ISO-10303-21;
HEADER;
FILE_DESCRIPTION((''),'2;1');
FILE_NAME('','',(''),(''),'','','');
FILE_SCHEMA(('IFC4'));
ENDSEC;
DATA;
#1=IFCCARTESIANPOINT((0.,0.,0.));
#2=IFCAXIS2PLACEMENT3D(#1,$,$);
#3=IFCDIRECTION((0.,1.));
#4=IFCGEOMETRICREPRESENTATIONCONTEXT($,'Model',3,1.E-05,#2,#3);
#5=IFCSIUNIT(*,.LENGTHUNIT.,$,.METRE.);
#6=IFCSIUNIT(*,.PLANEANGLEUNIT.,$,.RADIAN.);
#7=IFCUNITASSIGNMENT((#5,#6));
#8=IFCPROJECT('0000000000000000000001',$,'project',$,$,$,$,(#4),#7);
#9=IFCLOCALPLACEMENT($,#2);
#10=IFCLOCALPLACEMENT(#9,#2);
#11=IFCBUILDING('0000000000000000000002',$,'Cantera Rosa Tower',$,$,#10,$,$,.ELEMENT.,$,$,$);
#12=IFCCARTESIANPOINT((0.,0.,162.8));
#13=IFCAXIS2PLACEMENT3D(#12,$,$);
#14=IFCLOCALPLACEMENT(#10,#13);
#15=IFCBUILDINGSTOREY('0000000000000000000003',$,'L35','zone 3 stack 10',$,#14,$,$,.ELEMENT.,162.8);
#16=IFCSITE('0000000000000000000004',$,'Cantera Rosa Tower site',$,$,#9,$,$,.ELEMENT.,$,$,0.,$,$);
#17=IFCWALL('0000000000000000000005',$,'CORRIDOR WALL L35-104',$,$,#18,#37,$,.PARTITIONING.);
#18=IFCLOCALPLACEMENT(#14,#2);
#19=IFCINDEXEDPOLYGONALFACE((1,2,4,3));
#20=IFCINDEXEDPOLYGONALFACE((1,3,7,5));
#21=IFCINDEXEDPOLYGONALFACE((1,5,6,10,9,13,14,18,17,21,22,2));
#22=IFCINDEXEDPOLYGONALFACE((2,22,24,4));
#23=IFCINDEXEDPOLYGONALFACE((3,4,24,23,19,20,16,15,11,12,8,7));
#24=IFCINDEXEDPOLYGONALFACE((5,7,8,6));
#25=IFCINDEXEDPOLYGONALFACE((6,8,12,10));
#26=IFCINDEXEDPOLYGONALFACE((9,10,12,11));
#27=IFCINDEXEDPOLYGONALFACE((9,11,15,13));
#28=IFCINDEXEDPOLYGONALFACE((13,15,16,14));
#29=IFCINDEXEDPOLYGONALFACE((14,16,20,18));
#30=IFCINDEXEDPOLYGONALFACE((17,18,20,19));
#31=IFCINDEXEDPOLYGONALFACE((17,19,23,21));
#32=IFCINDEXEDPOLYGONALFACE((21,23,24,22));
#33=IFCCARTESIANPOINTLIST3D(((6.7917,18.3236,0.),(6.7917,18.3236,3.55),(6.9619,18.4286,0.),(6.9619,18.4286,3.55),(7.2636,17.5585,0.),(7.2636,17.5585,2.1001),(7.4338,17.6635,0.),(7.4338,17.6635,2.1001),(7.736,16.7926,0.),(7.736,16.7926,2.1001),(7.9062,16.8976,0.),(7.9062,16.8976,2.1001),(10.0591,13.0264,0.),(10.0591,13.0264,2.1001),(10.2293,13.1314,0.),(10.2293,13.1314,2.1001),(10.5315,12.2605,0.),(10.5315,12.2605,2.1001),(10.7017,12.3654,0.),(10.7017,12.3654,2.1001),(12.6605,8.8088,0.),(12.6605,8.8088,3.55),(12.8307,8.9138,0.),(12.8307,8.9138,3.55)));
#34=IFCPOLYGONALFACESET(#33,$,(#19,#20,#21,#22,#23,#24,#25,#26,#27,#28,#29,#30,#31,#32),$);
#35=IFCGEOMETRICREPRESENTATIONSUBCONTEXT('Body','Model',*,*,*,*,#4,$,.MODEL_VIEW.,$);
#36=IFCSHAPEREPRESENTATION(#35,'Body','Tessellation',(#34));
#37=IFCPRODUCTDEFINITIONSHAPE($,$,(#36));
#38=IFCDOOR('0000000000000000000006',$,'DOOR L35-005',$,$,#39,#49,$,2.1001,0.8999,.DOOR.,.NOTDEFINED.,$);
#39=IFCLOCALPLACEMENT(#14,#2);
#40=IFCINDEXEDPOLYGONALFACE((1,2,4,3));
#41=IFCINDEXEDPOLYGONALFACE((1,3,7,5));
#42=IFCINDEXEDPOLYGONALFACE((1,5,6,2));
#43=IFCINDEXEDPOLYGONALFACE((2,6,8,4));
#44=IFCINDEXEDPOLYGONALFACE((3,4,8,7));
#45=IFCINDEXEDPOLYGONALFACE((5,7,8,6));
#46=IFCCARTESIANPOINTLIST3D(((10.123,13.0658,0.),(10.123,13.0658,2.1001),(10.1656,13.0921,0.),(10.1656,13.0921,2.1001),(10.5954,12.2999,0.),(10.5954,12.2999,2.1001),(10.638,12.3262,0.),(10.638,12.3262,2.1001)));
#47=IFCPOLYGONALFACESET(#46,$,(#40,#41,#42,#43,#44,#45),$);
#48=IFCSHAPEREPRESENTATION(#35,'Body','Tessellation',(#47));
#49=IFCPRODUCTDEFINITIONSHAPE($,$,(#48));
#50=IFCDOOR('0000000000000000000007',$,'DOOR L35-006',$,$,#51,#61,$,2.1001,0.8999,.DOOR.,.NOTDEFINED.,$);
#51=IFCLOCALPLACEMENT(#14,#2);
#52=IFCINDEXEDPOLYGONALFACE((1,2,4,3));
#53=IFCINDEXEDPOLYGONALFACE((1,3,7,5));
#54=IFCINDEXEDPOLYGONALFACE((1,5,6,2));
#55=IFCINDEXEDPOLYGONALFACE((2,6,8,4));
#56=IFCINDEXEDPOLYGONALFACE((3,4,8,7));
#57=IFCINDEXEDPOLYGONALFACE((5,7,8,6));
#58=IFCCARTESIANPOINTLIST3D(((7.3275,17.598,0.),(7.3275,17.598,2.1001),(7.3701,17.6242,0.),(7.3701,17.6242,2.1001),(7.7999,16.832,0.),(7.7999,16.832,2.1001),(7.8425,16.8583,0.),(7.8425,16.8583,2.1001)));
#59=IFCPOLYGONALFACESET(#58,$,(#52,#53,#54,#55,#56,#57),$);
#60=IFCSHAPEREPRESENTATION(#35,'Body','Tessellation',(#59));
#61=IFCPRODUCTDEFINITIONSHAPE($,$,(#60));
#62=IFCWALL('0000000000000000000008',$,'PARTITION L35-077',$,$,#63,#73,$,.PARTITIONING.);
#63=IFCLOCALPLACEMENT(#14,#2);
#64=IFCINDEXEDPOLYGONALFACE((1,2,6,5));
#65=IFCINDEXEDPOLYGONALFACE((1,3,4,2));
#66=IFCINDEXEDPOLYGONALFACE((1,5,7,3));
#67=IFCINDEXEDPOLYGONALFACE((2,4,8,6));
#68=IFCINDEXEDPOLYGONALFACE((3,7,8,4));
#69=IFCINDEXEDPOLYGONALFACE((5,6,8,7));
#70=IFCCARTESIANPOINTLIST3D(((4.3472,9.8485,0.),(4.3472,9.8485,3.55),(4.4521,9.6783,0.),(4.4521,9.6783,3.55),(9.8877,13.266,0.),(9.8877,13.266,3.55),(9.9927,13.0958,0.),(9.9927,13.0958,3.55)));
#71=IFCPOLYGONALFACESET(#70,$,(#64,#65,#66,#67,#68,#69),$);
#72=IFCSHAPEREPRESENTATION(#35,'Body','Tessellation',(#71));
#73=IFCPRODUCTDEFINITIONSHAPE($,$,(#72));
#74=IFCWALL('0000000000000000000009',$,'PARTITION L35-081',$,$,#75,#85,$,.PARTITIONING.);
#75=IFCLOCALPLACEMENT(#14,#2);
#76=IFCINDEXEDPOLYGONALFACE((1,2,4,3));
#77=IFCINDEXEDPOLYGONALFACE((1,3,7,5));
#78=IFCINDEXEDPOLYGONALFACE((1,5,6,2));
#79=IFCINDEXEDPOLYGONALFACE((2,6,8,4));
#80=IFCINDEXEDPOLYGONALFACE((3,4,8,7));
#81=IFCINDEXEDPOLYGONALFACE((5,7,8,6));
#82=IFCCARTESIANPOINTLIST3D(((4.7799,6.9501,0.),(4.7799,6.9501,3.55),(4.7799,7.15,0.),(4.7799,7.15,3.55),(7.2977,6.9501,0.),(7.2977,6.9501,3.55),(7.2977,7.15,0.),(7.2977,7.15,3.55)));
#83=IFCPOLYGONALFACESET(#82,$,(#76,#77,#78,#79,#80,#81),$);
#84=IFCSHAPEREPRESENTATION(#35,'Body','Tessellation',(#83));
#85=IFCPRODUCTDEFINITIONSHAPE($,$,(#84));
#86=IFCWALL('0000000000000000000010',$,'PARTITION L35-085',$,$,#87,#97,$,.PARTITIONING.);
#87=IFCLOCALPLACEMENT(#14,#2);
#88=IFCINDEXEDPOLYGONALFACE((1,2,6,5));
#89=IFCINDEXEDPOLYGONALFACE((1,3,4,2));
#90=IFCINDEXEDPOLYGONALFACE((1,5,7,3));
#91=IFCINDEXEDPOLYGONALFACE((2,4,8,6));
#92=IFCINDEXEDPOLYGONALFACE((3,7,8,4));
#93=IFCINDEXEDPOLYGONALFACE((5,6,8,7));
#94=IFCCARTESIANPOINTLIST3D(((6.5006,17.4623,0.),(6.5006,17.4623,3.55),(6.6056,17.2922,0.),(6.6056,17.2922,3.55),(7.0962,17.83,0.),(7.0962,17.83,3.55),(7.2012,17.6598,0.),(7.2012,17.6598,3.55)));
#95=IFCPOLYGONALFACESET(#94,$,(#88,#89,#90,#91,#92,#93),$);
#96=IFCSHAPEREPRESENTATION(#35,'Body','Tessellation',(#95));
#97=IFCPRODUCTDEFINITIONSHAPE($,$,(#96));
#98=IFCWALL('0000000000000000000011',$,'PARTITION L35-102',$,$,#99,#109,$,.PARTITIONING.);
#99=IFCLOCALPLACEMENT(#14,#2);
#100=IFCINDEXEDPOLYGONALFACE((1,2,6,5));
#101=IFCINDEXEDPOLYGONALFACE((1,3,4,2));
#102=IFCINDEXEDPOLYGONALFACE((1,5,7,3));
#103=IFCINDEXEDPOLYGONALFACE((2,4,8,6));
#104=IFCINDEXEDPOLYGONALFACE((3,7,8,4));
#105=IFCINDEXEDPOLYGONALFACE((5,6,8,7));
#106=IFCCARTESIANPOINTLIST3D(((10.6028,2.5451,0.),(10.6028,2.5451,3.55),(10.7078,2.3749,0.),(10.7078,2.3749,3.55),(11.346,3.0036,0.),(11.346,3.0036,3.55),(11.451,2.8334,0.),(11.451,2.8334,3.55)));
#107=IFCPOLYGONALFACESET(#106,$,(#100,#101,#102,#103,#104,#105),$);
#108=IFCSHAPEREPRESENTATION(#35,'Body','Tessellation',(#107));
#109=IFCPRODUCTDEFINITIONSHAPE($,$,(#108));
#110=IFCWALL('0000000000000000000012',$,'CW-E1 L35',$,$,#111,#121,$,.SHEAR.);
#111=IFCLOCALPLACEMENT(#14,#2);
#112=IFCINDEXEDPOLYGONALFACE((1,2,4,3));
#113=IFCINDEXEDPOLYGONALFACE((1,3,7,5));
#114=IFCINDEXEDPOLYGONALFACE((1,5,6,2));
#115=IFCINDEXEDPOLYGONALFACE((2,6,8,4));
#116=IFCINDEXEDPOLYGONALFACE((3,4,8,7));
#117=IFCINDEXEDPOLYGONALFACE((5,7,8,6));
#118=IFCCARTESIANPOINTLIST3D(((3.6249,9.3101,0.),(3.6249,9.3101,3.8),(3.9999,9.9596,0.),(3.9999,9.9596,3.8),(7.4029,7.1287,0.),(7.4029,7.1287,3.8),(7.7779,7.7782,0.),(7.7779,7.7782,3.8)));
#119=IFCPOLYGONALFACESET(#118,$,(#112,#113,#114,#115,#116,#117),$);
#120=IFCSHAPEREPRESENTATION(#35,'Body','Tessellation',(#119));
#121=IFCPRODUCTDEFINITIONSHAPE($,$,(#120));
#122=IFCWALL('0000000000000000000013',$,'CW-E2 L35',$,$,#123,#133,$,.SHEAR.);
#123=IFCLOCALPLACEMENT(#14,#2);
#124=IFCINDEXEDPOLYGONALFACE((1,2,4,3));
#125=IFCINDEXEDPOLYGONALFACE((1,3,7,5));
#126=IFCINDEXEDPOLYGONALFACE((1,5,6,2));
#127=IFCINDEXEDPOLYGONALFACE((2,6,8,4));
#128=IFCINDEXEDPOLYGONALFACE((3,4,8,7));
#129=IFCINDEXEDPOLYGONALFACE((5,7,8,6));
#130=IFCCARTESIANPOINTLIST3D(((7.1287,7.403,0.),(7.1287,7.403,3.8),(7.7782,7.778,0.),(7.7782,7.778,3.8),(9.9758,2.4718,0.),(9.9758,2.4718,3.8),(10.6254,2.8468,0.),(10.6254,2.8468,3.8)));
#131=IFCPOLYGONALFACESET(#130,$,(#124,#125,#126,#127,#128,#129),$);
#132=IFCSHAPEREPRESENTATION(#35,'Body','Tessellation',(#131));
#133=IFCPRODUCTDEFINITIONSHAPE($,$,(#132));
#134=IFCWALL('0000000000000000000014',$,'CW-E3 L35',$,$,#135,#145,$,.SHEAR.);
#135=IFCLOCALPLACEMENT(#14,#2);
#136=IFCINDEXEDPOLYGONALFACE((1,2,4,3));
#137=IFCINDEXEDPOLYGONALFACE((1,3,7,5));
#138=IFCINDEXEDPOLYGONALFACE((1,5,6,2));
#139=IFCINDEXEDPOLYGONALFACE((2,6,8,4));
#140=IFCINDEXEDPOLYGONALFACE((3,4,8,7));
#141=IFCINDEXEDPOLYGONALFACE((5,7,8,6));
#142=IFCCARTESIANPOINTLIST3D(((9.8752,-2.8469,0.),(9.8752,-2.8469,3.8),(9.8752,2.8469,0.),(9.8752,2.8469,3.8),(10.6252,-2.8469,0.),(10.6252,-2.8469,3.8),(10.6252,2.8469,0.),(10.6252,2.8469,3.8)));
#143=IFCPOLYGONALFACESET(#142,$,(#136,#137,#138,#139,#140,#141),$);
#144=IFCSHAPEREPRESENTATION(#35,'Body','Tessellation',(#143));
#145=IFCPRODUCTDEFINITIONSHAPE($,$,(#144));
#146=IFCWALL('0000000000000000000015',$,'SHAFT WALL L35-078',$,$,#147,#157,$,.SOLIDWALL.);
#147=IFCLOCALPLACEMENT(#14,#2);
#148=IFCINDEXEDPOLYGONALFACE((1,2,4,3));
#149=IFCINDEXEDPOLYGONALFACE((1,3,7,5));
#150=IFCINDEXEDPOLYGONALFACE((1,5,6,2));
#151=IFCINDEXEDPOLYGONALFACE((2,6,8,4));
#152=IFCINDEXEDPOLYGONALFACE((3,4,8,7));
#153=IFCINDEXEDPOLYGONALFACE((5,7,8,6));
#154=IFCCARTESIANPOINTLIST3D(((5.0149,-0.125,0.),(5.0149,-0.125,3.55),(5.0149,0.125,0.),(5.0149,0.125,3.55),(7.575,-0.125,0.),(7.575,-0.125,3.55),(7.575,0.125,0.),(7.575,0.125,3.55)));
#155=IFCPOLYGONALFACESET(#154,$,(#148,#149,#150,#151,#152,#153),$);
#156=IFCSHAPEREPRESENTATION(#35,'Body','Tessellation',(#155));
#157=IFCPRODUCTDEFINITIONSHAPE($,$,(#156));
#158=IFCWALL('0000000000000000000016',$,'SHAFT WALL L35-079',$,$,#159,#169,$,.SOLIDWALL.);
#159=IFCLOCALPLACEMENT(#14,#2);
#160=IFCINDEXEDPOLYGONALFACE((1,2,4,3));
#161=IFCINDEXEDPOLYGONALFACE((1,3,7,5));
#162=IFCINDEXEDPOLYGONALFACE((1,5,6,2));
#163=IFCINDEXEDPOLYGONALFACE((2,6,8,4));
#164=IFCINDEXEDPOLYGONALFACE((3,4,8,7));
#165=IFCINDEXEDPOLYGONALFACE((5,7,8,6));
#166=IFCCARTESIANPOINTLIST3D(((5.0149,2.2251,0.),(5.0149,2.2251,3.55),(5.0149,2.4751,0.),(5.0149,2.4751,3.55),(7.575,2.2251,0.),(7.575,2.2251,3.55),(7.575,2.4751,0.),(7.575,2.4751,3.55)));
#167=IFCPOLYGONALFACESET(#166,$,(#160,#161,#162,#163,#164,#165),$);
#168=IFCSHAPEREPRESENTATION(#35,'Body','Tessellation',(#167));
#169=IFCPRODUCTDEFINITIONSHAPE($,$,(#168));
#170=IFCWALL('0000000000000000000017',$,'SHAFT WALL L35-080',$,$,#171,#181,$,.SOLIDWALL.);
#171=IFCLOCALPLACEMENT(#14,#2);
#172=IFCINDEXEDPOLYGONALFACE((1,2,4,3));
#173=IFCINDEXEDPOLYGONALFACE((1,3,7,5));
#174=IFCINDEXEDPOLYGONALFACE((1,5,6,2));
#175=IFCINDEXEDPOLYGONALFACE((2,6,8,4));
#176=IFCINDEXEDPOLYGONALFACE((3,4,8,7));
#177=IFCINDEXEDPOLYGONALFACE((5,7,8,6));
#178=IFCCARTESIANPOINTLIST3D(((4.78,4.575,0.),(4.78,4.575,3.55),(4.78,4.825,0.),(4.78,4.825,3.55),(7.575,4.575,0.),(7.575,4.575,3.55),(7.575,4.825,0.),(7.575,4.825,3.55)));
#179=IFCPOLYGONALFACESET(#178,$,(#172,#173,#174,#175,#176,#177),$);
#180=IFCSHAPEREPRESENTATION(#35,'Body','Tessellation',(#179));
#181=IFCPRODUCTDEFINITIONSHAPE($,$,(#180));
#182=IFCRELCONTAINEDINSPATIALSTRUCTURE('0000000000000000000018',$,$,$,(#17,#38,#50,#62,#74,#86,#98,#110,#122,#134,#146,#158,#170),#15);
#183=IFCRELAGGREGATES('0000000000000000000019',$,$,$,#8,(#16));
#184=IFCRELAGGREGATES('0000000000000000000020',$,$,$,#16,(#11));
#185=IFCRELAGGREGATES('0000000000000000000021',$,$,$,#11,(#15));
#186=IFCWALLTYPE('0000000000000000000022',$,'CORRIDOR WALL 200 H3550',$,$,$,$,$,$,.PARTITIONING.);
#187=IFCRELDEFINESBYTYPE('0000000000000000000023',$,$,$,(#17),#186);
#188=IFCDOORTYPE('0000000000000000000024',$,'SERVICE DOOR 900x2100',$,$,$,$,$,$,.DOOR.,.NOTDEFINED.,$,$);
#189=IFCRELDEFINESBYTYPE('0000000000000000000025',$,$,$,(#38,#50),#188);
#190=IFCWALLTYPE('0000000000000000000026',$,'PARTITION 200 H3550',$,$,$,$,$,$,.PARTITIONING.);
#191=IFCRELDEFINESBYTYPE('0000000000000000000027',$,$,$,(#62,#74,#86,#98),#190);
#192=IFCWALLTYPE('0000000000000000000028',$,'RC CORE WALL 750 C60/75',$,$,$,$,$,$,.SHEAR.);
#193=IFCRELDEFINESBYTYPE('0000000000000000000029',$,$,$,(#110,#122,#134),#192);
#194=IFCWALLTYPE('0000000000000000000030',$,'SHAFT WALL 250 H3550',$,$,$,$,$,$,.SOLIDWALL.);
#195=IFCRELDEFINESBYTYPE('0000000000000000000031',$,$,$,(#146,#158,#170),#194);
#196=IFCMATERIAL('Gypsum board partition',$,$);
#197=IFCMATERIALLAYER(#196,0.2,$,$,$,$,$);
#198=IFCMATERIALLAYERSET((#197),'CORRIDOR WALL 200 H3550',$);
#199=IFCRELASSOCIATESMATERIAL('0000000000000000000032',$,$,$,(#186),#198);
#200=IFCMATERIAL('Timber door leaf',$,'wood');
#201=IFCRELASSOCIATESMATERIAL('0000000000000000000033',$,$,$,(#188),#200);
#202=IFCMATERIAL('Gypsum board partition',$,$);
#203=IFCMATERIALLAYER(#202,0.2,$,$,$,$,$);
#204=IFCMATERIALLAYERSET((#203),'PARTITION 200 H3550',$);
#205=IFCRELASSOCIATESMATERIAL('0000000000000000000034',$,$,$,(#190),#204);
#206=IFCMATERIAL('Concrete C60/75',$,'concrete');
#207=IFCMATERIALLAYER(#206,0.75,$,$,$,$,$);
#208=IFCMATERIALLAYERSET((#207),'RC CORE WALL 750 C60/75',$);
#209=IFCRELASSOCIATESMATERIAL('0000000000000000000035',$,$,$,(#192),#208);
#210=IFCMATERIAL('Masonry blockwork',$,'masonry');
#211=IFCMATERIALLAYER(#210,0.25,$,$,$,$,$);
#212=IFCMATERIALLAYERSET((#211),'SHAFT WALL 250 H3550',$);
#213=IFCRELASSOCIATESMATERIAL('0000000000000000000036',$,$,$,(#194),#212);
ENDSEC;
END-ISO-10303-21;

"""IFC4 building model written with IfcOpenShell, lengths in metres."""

from ifc_helpers import new_model, si_unit, direction, frame, frame_2d, origin, place, context, subcontext, project, spatial, rectangle, extrude, material, layer, layer_set, type_object, element, fill, save


model = new_model("IFC4")

# Units and contexts
model_context = context("Model", 3, precision=1e-05, world=origin(), true_north=direction((0.0, 1.0)))
body_context = subcontext(model_context, "Body", "Model", "MODEL_VIEW")
ifc_project = project(units=[si_unit("LENGTHUNIT", "METRE"), si_unit("PLANEANGLEUNIT", "RADIAN")], contexts=[model_context])

# Site, building, storey
site_placement = place(None, origin())
site = spatial("IfcSite", under=ifc_project, at=site_placement, Name="Cantera Rosa Tower site", CompositionType="ELEMENT", RefElevation=0.0)
building_placement = place(site_placement, origin())
building = spatial("IfcBuilding", under=site, at=building_placement, Name="Cantera Rosa Tower", CompositionType="ELEMENT")
storey_placement = place(building_placement, frame((0.0, 0.0, 162.8)))
storey = spatial("IfcBuildingStorey", under=building, at=storey_placement, Name="L35", Description="zone 3 stack 10", CompositionType="ELEMENT", Elevation=162.8)

# Shared definitions
ifc_material_1 = material(Name="Gypsum board partition")
ifc_layer_1 = layer(ifc_material_1, 0.2)
ifc_layer_set_1 = layer_set([ifc_layer_1], Name="CORRIDOR WALL 200 H3550")
wall_type_1 = type_object("IfcWallType", Name="CORRIDOR WALL 200 H3550", PredefinedType="PARTITIONING", material=ifc_layer_set_1)

# Wall, openings, doors
wall_1_placement = place(storey_placement, frame((12.7456, 8.8613, 0.0), z_axis=(0.0, 0.0, 1.0), x_axis=(-0.524978, 0.851116, 0.0)))
wall_1 = element("IfcWall", 1, at=wall_1_placement, inside=storey, type_object=wall_type_1, Name="CORRIDOR WALL L35-104", PredefinedType="PARTITIONING", context=body_context, shape_type="SweptSolid", body=[
    extrude(rectangle(XDim=11.1792, YDim=0.2, at=frame_2d((5.5896, 0.0))), origin(), (0.0, 0.0, 1.0), 3.55),
])
opening_1_placement = place(wall_1_placement, frame((4.0554, 0.0, 0.0)))
opening_1 = element("IfcOpeningElement", 2, at=opening_1_placement, cuts=wall_1, PredefinedType="OPENING", context=body_context, shape_type="SweptSolid", body=[
    extrude(rectangle(XDim=0.8999, YDim=2.1001, at=frame_2d((0.45, 1.05))), frame((0.0, 0.1099, 0.0), z_axis=(0.0, -1.0, 0.0), x_axis=(1.0, 0.0, 0.0)), (0.0, 0.0, 1.0), 0.22),
])
opening_2_placement = place(wall_1_placement, frame((9.3804, 0.0, 0.0)))
opening_2 = element("IfcOpeningElement", 3, at=opening_2_placement, cuts=wall_1, PredefinedType="OPENING", context=body_context, shape_type="SweptSolid", body=[
    extrude(rectangle(XDim=0.8999, YDim=2.1001, at=frame_2d((0.45, 1.05))), frame((0.0, 0.1099, 0.0), z_axis=(0.0, -1.0, 0.0), x_axis=(1.0, 0.0, 0.0)), (0.0, 0.0, 1.0), 0.22),
])
ifc_material_2 = material(Name="Timber door leaf", Category="wood")
door_type_1 = type_object("IfcDoorType", Name="SERVICE DOOR 900x2100", OperationType="NOTDEFINED", PredefinedType="DOOR", material=ifc_material_2)
door_1_placement = place(opening_1_placement, origin())
door_1 = element("IfcDoor", 4, at=door_1_placement, inside=storey, type_object=door_type_1, Name="DOOR L35-005", OperationType="NOTDEFINED", OverallHeight=2.1001, OverallWidth=0.8999, PredefinedType="DOOR", context=body_context, shape_type="SweptSolid", body=[
    extrude(rectangle(XDim=0.8999, YDim=2.1001, at=frame_2d((0.45, 1.05))), frame((0.0, 0.0249, 0.0), z_axis=(0.0, -1.0, 0.0), x_axis=(1.0, 0.0, 0.0)), (0.0, 0.0, 1.0), 0.05),
])
fill(opening_1, door_1)
door_2_placement = place(opening_2_placement, origin())
door_2 = element("IfcDoor", 5, at=door_2_placement, inside=storey, type_object=door_type_1, Name="DOOR L35-006", OperationType="NOTDEFINED", OverallHeight=2.1001, OverallWidth=0.8999, PredefinedType="DOOR", context=body_context, shape_type="SweptSolid", body=[
    extrude(rectangle(XDim=0.8999, YDim=2.1001, at=frame_2d((0.45, 1.05))), frame((0.0, 0.0249, 0.0), z_axis=(0.0, -1.0, 0.0), x_axis=(1.0, 0.0, 0.0)), (0.0, 0.0, 1.0), 0.05),
])
fill(opening_2, door_2)

# Walls
ifc_material_3 = material(Name="Gypsum board partition")
ifc_layer_2 = layer(ifc_material_3, 0.2)
ifc_layer_set_2 = layer_set([ifc_layer_2], Name="PARTITION 200 H3550")
wall_type_2 = type_object("IfcWallType", Name="PARTITION 200 H3550", PredefinedType="PARTITIONING", material=ifc_layer_set_2)
wall_2_placement = place(storey_placement, frame((4.3997, 9.7634, 0.0), z_axis=(0.0, 0.0, 1.0), x_axis=(0.851114, 0.52498, 0.0)))
element("IfcWall", 6, at=wall_2_placement, inside=storey, type_object=wall_type_2, Name="PARTITION L35-077", PredefinedType="PARTITIONING", context=body_context, shape_type="SweptSolid", body=[
    extrude(rectangle(XDim=6.5098, YDim=0.2, at=frame_2d((3.2549, 0.0))), origin(), (0.0, 0.0, 1.0), 3.55),
])
wall_3_placement = place(storey_placement, frame((4.78, 7.05, 0.0), z_axis=(0.0, 0.0, 1.0), x_axis=(1.0, 0.0, 0.0)))
element("IfcWall", 7, at=wall_3_placement, inside=storey, type_object=wall_type_2, Name="PARTITION L35-081", PredefinedType="PARTITIONING", context=body_context, shape_type="SweptSolid", body=[
    extrude(rectangle(XDim=2.5178, YDim=0.2, at=frame_2d((1.2588, 0.0))), origin(), (0.0, 0.0, 1.0), 3.55),
])
wall_4_placement = place(storey_placement, frame((6.553, 17.3772, 0.0), z_axis=(0.0, 0.0, 1.0), x_axis=(0.850963, 0.525226, 0.0)))
element("IfcWall", 8, at=wall_4_placement, inside=storey, type_object=wall_type_2, Name="PARTITION L35-085", PredefinedType="PARTITIONING", context=body_context, shape_type="SweptSolid", body=[
    extrude(rectangle(XDim=0.7, YDim=0.2, at=frame_2d((0.3501, 0.0))), origin(), (0.0, 0.0, 1.0), 3.55),
])
wall_5_placement = place(storey_placement, frame((11.3984, 2.9185, 0.0), z_axis=(0.0, 0.0, 1.0), x_axis=(-0.851063, -0.525064, 0.0)))
element("IfcWall", 9, at=wall_5_placement, inside=storey, type_object=wall_type_2, Name="PARTITION L35-102", PredefinedType="PARTITIONING", context=body_context, shape_type="SweptSolid", body=[
    extrude(rectangle(XDim=0.8733, YDim=0.2, at=frame_2d((0.4365, 0.0))), origin(), (0.0, 0.0, 1.0), 3.55),
])
ifc_material_4 = material(Name="Concrete C60/75", Category="concrete")
ifc_layer_3 = layer(ifc_material_4, 0.75)
ifc_layer_set_3 = layer_set([ifc_layer_3], Name="RC CORE WALL 750 C60/75")
wall_type_3 = type_object("IfcWallType", Name="RC CORE WALL 750 C60/75", PredefinedType="SHEAR", material=ifc_layer_set_3)
wall_6_placement = place(storey_placement, frame((3.8125, 9.6348, 0.0), z_axis=(0.0, 0.0, 1.0), x_axis=(0.866013, -0.500021, 0.0)))
element("IfcWall", 10, at=wall_6_placement, inside=storey, type_object=wall_type_3, Name="CW-E1 L35", PredefinedType="SHEAR", context=body_context, shape_type="SweptSolid", body=[
    extrude(rectangle(XDim=4.3625, YDim=0.75, at=frame_2d((2.1812, 0.0))), origin(), (0.0, 0.0, 1.0), 3.8),
])
wall_7_placement = place(storey_placement, frame((7.4534, 7.5906, 0.0), z_axis=(0.0, 0.0, 1.0), x_axis=(0.500022, -0.866013, 0.0)))
element("IfcWall", 11, at=wall_7_placement, inside=storey, type_object=wall_type_3, Name="CW-E2 L35", PredefinedType="SHEAR", context=body_context, shape_type="SweptSolid", body=[
    extrude(rectangle(XDim=5.6941, YDim=0.75, at=frame_2d((2.8472, 0.0))), origin(), (0.0, 0.0, 1.0), 3.8),
])
wall_8_placement = place(storey_placement, frame((10.2502, 2.8469, 0.0), z_axis=(0.0, 0.0, 1.0), x_axis=(0.0, -1.0, 0.0)))
element("IfcWall", 12, at=wall_8_placement, inside=storey, type_object=wall_type_3, Name="CW-E3 L35", PredefinedType="SHEAR", context=body_context, shape_type="SweptSolid", body=[
    extrude(rectangle(XDim=5.6938, YDim=0.75, at=frame_2d((2.8469, 0.0))), origin(), (0.0, 0.0, 1.0), 3.8),
])
ifc_material_5 = material(Name="Masonry blockwork", Category="masonry")
ifc_layer_4 = layer(ifc_material_5, 0.25)
ifc_layer_set_4 = layer_set([ifc_layer_4], Name="SHAFT WALL 250 H3550")
wall_type_4 = type_object("IfcWallType", Name="SHAFT WALL 250 H3550", PredefinedType="SOLIDWALL", material=ifc_layer_set_4)
for number, where, z_axis, x_axis, name in (
    (13, (5.0149, 0.0, 0.0), (0.0, 0.0, 1.0), (1.0, 0.0, 0.0), "SHAFT WALL L35-078"),
    (14, (5.0149, 2.3501, 0.0), (0.0, 0.0, 1.0), (1.0, 0.0, 0.0), "SHAFT WALL L35-079"),
):
    element("IfcWall", number, at=place(storey_placement, frame(where, z_axis=z_axis, x_axis=x_axis)), inside=storey, type_object=wall_type_4, Name=name, PredefinedType="SOLIDWALL", context=body_context, shape_type="SweptSolid", body=[
        extrude(rectangle(XDim=2.5601, YDim=0.25, at=frame_2d((1.28, 0.0))), origin(), (0.0, 0.0, 1.0), 3.55),
    ])
wall_9_placement = place(storey_placement, frame((4.78, 4.7, 0.0), z_axis=(0.0, 0.0, 1.0), x_axis=(1.0, 0.0, 0.0)))
element("IfcWall", 15, at=wall_9_placement, inside=storey, type_object=wall_type_4, Name="SHAFT WALL L35-080", PredefinedType="SOLIDWALL", context=body_context, shape_type="SweptSolid", body=[
    extrude(rectangle(XDim=2.7949, YDim=0.25, at=frame_2d((1.3975, 0.0))), origin(), (0.0, 0.0, 1.0), 3.55),
])

save(model, "model.ifc")
